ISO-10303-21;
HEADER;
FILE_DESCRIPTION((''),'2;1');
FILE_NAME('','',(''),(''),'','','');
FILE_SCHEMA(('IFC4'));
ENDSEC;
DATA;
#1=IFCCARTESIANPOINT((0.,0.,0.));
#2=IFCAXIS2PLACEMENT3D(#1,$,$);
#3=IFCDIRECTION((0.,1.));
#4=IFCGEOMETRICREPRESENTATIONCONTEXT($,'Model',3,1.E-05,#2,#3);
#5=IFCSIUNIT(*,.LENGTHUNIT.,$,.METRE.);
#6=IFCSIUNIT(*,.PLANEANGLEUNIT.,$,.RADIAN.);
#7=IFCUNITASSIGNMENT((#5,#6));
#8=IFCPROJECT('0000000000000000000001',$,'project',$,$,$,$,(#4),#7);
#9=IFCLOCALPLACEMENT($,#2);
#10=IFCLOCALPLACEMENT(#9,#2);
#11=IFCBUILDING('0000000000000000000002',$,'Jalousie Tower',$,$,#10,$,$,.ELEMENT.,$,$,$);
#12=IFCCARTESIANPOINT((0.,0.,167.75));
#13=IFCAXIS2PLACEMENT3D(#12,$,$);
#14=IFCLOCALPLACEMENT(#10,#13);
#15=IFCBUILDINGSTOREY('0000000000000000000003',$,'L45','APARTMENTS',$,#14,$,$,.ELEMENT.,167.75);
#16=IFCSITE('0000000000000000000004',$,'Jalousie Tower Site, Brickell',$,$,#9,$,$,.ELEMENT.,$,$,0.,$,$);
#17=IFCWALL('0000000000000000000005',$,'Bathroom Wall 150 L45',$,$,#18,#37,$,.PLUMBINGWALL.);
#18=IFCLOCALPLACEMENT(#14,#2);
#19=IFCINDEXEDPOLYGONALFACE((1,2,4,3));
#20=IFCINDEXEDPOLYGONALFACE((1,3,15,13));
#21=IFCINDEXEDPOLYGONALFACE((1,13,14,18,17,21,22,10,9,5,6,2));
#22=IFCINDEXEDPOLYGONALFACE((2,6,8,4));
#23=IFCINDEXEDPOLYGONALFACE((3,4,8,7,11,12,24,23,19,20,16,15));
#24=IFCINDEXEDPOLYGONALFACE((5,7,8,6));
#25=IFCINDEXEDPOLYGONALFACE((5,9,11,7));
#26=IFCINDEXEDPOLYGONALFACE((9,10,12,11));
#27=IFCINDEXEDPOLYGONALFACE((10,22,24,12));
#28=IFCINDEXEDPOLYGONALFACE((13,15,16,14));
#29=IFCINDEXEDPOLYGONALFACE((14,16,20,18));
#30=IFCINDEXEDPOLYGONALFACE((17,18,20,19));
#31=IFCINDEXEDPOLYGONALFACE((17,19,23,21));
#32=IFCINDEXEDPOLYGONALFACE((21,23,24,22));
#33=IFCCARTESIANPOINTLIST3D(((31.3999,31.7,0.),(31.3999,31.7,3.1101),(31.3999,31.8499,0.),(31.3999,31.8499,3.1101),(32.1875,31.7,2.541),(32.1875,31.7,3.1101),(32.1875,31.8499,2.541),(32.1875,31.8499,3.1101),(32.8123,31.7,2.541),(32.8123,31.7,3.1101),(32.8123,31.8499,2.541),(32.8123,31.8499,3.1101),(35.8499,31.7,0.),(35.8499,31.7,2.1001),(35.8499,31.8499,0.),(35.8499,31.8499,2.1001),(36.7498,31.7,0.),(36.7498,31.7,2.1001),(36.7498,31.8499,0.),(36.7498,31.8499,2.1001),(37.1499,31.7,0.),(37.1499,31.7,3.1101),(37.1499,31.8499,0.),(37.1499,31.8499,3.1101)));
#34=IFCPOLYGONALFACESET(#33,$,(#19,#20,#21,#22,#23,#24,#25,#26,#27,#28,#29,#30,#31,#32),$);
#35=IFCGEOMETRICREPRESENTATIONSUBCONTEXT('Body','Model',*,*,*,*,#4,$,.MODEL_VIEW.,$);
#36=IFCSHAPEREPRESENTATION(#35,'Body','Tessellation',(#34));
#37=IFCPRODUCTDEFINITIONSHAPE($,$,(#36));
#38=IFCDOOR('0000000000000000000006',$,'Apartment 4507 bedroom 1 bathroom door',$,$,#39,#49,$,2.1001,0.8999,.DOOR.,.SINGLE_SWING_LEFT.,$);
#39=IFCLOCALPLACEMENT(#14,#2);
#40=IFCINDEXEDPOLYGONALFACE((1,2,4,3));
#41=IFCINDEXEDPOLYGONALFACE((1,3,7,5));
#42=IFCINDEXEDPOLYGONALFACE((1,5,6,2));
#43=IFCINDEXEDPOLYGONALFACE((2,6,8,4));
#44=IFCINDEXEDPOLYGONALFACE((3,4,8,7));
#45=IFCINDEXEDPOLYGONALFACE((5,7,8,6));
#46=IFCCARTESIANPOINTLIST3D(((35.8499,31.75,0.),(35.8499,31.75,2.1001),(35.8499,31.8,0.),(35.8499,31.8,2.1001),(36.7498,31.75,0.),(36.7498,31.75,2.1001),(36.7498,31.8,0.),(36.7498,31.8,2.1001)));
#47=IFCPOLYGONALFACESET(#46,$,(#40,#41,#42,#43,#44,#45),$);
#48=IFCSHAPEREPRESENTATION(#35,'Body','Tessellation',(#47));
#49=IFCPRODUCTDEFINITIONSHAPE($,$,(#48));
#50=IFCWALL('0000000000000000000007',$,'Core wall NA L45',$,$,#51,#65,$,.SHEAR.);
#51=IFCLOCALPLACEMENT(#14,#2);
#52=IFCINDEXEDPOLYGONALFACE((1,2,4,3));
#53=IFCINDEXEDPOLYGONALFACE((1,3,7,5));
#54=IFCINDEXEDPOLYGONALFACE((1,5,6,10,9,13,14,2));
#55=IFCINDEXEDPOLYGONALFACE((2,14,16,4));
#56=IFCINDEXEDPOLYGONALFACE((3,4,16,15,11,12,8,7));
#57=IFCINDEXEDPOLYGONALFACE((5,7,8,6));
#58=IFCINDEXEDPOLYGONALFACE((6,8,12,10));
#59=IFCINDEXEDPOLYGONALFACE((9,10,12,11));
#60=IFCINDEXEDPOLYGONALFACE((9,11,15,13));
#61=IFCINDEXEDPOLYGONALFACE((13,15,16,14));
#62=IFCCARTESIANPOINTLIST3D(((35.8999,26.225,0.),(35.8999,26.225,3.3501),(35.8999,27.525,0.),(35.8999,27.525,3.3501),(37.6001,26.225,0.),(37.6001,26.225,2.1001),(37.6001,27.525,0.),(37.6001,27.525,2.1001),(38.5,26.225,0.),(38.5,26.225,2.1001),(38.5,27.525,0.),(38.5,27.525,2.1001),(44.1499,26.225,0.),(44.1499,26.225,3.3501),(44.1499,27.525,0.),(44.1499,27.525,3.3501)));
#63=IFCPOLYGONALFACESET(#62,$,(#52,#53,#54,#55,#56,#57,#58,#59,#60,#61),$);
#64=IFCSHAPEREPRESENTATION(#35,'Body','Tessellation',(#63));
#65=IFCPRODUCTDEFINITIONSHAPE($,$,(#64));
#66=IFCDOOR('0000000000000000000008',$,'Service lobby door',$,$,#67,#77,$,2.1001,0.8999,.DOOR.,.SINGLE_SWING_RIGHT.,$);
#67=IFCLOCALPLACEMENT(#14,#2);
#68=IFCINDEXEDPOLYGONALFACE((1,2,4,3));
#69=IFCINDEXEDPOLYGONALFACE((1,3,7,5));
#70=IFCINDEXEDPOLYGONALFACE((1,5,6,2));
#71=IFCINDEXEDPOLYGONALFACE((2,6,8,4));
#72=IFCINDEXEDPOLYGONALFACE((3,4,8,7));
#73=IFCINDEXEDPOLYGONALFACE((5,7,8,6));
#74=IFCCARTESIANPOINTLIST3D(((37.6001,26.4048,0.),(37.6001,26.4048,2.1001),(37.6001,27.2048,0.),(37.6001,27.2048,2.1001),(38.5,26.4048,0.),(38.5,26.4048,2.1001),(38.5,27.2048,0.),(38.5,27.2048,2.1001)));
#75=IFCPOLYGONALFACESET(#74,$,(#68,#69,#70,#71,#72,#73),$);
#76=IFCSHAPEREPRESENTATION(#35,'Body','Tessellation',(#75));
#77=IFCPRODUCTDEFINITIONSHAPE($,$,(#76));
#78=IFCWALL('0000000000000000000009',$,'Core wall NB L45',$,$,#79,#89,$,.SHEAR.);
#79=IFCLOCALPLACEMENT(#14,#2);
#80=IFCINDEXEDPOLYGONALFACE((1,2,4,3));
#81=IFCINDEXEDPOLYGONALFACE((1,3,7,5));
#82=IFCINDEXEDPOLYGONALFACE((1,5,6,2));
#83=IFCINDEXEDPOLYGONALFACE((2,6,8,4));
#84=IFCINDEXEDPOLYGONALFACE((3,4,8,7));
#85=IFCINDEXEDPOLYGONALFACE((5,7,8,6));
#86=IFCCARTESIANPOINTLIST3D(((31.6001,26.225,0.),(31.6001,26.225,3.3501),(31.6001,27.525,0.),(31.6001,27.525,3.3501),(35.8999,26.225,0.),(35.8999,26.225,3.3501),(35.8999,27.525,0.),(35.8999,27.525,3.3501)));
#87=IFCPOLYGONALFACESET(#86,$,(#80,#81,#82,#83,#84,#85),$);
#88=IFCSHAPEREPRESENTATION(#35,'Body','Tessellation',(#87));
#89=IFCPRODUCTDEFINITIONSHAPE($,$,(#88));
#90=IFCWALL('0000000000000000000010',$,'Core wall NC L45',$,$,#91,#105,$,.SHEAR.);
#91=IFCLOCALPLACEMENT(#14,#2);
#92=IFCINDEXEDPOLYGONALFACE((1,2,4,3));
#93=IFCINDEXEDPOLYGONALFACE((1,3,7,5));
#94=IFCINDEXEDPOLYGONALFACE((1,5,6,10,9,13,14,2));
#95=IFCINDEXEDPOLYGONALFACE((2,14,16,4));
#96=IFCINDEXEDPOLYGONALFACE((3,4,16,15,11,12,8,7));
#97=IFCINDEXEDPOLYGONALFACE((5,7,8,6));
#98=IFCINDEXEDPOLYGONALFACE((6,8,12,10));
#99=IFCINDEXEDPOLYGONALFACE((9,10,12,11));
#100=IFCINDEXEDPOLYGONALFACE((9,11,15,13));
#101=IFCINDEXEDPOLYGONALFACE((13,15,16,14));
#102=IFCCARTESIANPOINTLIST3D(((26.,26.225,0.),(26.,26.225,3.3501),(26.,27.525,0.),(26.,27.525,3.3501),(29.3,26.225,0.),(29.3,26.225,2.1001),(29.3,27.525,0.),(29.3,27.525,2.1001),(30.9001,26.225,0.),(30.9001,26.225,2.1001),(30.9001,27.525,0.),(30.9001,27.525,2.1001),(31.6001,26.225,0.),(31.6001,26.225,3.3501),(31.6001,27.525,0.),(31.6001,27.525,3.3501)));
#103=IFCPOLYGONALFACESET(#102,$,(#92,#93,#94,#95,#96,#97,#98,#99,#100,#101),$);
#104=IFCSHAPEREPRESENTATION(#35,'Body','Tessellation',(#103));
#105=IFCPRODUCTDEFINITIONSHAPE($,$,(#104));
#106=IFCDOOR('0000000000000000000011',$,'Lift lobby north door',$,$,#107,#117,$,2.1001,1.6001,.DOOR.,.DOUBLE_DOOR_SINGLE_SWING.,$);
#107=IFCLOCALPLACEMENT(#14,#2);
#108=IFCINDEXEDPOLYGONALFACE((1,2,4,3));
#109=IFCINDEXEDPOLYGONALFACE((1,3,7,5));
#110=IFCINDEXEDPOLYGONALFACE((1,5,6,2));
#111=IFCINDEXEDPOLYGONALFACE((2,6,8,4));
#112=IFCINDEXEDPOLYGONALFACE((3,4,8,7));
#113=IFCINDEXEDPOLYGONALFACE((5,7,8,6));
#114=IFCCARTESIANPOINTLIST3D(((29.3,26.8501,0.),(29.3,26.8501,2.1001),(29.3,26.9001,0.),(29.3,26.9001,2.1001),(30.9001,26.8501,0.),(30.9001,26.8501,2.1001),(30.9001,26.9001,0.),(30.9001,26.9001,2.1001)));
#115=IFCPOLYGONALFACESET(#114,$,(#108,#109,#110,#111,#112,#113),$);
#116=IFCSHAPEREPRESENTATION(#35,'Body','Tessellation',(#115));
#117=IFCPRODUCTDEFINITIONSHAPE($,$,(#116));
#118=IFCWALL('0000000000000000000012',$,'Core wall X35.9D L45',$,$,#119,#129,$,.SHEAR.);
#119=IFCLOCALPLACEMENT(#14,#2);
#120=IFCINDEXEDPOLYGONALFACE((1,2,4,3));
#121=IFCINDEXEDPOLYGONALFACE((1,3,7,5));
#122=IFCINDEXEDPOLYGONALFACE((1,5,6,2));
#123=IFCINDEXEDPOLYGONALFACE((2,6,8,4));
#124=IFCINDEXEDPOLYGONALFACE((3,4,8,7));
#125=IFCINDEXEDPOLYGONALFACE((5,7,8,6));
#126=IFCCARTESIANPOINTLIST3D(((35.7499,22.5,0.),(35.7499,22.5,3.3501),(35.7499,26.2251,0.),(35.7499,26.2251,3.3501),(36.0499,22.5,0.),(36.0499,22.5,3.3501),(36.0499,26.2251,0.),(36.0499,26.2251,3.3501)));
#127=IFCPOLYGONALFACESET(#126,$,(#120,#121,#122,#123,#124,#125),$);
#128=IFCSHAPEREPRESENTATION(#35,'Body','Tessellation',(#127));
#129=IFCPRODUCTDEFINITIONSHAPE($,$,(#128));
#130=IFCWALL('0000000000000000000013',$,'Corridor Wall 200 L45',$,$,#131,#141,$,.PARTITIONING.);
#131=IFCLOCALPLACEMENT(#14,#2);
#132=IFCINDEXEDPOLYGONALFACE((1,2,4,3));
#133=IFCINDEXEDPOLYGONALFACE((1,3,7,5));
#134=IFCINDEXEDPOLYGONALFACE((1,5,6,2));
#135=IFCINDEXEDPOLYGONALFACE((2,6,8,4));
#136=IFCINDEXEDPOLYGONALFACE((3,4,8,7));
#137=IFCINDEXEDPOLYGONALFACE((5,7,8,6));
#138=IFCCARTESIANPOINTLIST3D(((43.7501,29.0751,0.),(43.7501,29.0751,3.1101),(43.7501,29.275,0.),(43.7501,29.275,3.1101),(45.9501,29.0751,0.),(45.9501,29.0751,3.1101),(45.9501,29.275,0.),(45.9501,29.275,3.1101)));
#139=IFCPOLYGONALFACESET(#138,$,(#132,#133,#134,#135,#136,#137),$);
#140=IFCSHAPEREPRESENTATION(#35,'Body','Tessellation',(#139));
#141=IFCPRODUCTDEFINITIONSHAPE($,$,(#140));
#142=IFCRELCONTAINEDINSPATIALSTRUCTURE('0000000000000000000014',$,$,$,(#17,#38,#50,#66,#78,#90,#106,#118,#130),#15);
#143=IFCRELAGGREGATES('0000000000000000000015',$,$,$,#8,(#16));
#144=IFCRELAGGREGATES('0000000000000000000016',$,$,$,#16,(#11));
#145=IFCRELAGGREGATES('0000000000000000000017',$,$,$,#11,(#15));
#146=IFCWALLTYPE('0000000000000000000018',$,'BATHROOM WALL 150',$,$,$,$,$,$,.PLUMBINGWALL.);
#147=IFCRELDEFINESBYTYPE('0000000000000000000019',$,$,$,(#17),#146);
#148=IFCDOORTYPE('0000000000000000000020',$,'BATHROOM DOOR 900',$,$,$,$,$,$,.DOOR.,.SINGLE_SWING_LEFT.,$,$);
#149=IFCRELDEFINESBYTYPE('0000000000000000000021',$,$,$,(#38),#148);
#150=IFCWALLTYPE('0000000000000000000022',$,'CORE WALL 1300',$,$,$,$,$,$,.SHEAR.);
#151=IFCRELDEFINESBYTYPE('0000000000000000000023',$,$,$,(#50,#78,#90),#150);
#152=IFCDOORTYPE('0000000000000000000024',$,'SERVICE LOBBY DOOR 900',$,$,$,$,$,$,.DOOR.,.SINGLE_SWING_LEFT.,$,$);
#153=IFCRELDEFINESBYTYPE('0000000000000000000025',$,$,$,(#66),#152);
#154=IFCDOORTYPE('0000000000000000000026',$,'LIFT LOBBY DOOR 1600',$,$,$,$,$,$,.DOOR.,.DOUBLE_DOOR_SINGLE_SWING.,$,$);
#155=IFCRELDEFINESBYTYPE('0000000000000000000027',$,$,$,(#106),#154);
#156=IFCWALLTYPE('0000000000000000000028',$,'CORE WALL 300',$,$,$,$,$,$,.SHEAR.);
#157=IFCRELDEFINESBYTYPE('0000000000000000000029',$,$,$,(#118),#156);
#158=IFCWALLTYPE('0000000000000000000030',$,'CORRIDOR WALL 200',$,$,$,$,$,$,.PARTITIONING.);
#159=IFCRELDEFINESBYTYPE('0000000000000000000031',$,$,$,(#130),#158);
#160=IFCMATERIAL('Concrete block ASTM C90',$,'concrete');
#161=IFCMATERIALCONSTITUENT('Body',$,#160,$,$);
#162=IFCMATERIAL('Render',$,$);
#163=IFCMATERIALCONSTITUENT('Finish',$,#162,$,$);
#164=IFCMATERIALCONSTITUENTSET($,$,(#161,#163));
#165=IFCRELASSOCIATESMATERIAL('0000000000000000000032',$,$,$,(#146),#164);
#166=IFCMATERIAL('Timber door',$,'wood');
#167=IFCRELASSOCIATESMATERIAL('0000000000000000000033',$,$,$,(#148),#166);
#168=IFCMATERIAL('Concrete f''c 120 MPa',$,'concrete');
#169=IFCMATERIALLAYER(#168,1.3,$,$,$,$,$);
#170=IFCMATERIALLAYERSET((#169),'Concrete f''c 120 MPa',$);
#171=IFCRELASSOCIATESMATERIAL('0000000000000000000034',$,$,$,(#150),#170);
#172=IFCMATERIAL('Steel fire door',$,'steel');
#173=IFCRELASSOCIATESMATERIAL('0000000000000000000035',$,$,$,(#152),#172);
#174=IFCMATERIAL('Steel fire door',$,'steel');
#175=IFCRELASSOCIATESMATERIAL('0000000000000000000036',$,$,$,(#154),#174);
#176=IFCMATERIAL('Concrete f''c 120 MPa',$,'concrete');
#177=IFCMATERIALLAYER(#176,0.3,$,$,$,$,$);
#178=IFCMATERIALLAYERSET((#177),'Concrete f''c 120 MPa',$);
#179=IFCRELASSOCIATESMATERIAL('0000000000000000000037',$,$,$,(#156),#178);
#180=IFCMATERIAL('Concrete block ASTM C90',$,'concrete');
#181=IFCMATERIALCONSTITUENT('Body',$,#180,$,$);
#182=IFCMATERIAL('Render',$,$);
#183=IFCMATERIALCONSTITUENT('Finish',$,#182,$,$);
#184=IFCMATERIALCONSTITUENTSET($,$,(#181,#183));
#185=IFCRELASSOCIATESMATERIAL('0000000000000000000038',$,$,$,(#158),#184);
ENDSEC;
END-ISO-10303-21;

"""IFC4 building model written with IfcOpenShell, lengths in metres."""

from ifc_helpers import new_model, si_unit, direction, frame, frame_2d, origin, place, context, subcontext, project, spatial, polyline, rectangle, outline, extrude, material, layer, layer_set, constituent, constituent_set, type_object, element, fill, save


model = new_model("IFC4")

# Units and contexts
model_context = context("Model", 3, precision=1e-05, world=origin(), true_north=direction((0.0, 1.0)))
body_context = subcontext(model_context, "Body", "Model", "MODEL_VIEW")
ifc_project = project(units=[si_unit("LENGTHUNIT", "METRE"), si_unit("PLANEANGLEUNIT", "RADIAN")], contexts=[model_context])

# Site, building, storey
site_placement = place(None, origin())
site = spatial("IfcSite", under=ifc_project, at=site_placement, Name="Jalousie Tower Site, Brickell", CompositionType="ELEMENT", RefElevation=0.0)
building_placement = place(site_placement, origin())
building = spatial("IfcBuilding", under=site, at=building_placement, Name="Jalousie Tower", CompositionType="ELEMENT")
storey_placement = place(building_placement, frame((0.0, 0.0, 167.75)))
storey = spatial("IfcBuildingStorey", under=building, at=storey_placement, Name="L45", Description="APARTMENTS", CompositionType="ELEMENT", Elevation=167.75)

# Walls, openings, doors
ifc_material_1 = material(Name="Concrete block ASTM C90", Category="concrete")
ifc_constituent_1 = constituent(ifc_material_1, Name="Body")
ifc_material_2 = material(Name="Render")
ifc_constituent_2 = constituent(ifc_material_2, Name="Finish")
ifc_constituent_set_1 = constituent_set(constituents=[ifc_constituent_1, ifc_constituent_2])
wall_type_1 = type_object("IfcWallType", Name="BATHROOM WALL 150", PredefinedType="PLUMBINGWALL", material=ifc_constituent_set_1)
wall_1_placement = place(storey_placement, frame((31.3999, 31.7749, 0.0), z_axis=(0.0, 0.0, 1.0), x_axis=(1.0, 0.0, 0.0)))
wall_1 = element("IfcWall", 1, at=wall_1_placement, inside=storey, type_object=wall_type_1, Name="Bathroom Wall 150 L45", PredefinedType="PLUMBINGWALL", context=body_context, shape_type="SweptSolid", body=[
    extrude(outline(polyline([(0.0, 0.0), (5.75, 0.0), (5.75, 3.1101), (1.4124, 3.1101), (1.4124, 2.541), (0.7876, 2.541), (0.7876, 3.1101), (0.0, 3.1101), (0.0, 0.0)])), frame((0.0, 0.075, 0.0), z_axis=(0.0, -1.0, 0.0), x_axis=(1.0, 0.0, 0.0)), (0.0, 0.0, 1.0), 0.1499),
])
opening_1_placement = place(wall_1_placement, frame((4.45, 0.0, 0.0)))
opening_1 = element("IfcOpeningElement", 2, at=opening_1_placement, cuts=wall_1, PredefinedType="OPENING", context=body_context, shape_type="SweptSolid", body=[
    extrude(rectangle(XDim=0.8999, YDim=2.1001, at=frame_2d((0.45, 1.05))), frame((0.0, 0.085, 0.0), z_axis=(0.0, -1.0, 0.0), x_axis=(1.0, 0.0, 0.0)), (0.0, 0.0, 1.0), 0.1699),
])
ifc_material_3 = material(Name="Timber door", Category="wood")
door_type_1 = type_object("IfcDoorType", Name="BATHROOM DOOR 900", OperationType="SINGLE_SWING_LEFT", PredefinedType="DOOR", material=ifc_material_3)
door_1_placement = place(opening_1_placement, frame((0.8999, 0.0, 0.0), z_axis=(0.0, 0.0, 1.0), x_axis=(-1.0, 0.0, 0.0)))
door_1 = element("IfcDoor", 3, at=door_1_placement, inside=storey, type_object=door_type_1, Name="Apartment 4507 bedroom 1 bathroom door", OperationType="SINGLE_SWING_LEFT", OverallHeight=2.1001, OverallWidth=0.8999, PredefinedType="DOOR", context=body_context, shape_type="SweptSolid", body=[
    extrude(rectangle(XDim=0.8999, YDim=2.1001, at=frame_2d((0.45, 1.05))), frame((0.0, 0.0249, 0.0), z_axis=(0.0, -1.0, 0.0), x_axis=(1.0, 0.0, 0.0)), (0.0, 0.0, 1.0), 0.05),
])
fill(opening_1, door_1)
ifc_material_4 = material(Name="Concrete f'c 120 MPa", Category="concrete")
ifc_layer_1 = layer(ifc_material_4, 1.3)
ifc_layer_set_1 = layer_set([ifc_layer_1], Name="Concrete f'c 120 MPa")
wall_type_2 = type_object("IfcWallType", Name="CORE WALL 1300", PredefinedType="SHEAR", material=ifc_layer_set_1)
wall_2_placement = place(storey_placement, frame((44.1499, 26.875, 0.0), z_axis=(0.0, 0.0, 1.0), x_axis=(-1.0, 0.0, 0.0)))
wall_2 = element("IfcWall", 4, at=wall_2_placement, inside=storey, type_object=wall_type_2, Name="Core wall NA L45", PredefinedType="SHEAR", context=body_context, shape_type="SweptSolid", body=[
    extrude(rectangle(XDim=8.25, YDim=1.3, at=frame_2d((4.125, 0.0))), origin(), (0.0, 0.0, 1.0), 3.3501),
])
opening_2_placement = place(wall_2_placement, frame((5.6499, 0.0, 0.0)))
opening_2 = element("IfcOpeningElement", 5, at=opening_2_placement, cuts=wall_2, PredefinedType="OPENING", context=body_context, shape_type="SweptSolid", body=[
    extrude(rectangle(XDim=0.8999, YDim=2.1001, at=frame_2d((0.45, 1.05))), frame((0.0, 0.6599, 0.0), z_axis=(0.0, -1.0, 0.0), x_axis=(1.0, 0.0, 0.0)), (0.0, 0.0, 1.0), 1.3201),
])
ifc_material_5 = material(Name="Steel fire door", Category="steel")
door_type_2 = type_object("IfcDoorType", Name="SERVICE LOBBY DOOR 900", OperationType="SINGLE_SWING_LEFT", PredefinedType="DOOR", material=ifc_material_5)
door_2_placement = place(opening_2_placement, origin())
door_2 = element("IfcDoor", 6, at=door_2_placement, inside=storey, type_object=door_type_2, Name="Service lobby door", OperationType="SINGLE_SWING_RIGHT", OverallHeight=2.1001, OverallWidth=0.8999, PredefinedType="DOOR", context=body_context, shape_type="SweptSolid", body=[
    extrude(rectangle(XDim=0.8999, YDim=2.1001, at=frame_2d((0.45, 1.05))), frame((0.0, 0.4702, 0.0), z_axis=(0.0, -1.0, 0.0), x_axis=(1.0, 0.0, 0.0)), (0.0, 0.0, 1.0), 0.8),
])
fill(opening_2, door_2)

# Wall
wall_3_placement = place(storey_placement, frame((35.8999, 26.875, 0.0), z_axis=(0.0, 0.0, 1.0), x_axis=(-1.0, 0.0, 0.0)))
element("IfcWall", 7, at=wall_3_placement, inside=storey, type_object=wall_type_2, Name="Core wall NB L45", PredefinedType="SHEAR", context=body_context, shape_type="SweptSolid", body=[
    extrude(rectangle(XDim=4.2998, YDim=1.3, at=frame_2d((2.1499, 0.0))), origin(), (0.0, 0.0, 1.0), 3.3501),
])

# Wall, opening, door
wall_4_placement = place(storey_placement, frame((31.6001, 26.875, 0.0), z_axis=(0.0, 0.0, 1.0), x_axis=(-1.0, 0.0, 0.0)))
wall_4 = element("IfcWall", 8, at=wall_4_placement, inside=storey, type_object=wall_type_2, Name="Core wall NC L45", PredefinedType="SHEAR", context=body_context, shape_type="SweptSolid", body=[
    extrude(rectangle(XDim=5.6001, YDim=1.3, at=frame_2d((2.8, 0.0))), origin(), (0.0, 0.0, 1.0), 3.3501),
])
opening_3_placement = place(wall_4_placement, frame((0.7, 0.0, 0.0)))
opening_3 = element("IfcOpeningElement", 9, at=opening_3_placement, cuts=wall_4, PredefinedType="OPENING", context=body_context, shape_type="SweptSolid", body=[
    extrude(rectangle(XDim=1.6001, YDim=2.1001, at=frame_2d((0.8, 1.05))), frame((0.0, 0.6599, 0.0), z_axis=(0.0, -1.0, 0.0), x_axis=(1.0, 0.0, 0.0)), (0.0, 0.0, 1.0), 1.3201),
])
ifc_material_6 = material(Name="Steel fire door", Category="steel")
door_type_3 = type_object("IfcDoorType", Name="LIFT LOBBY DOOR 1600", OperationType="DOUBLE_DOOR_SINGLE_SWING", PredefinedType="DOOR", material=ifc_material_6)
door_3_placement = place(opening_3_placement, origin())
door_3 = element("IfcDoor", 10, at=door_3_placement, inside=storey, type_object=door_type_3, Name="Lift lobby north door", OperationType="DOUBLE_DOOR_SINGLE_SWING", OverallHeight=2.1001, OverallWidth=1.6001, PredefinedType="DOOR", context=body_context, shape_type="SweptSolid", body=[
    extrude(rectangle(XDim=1.6001, YDim=2.1001, at=frame_2d((0.8, 1.05))), frame((0.0, 0.0249, 0.0), z_axis=(0.0, -1.0, 0.0), x_axis=(1.0, 0.0, 0.0)), (0.0, 0.0, 1.0), 0.05),
])
fill(opening_3, door_3)

# Walls
ifc_material_7 = material(Name="Concrete f'c 120 MPa", Category="concrete")
ifc_layer_2 = layer(ifc_material_7, 0.3)
ifc_layer_set_2 = layer_set([ifc_layer_2], Name="Concrete f'c 120 MPa")
wall_type_3 = type_object("IfcWallType", Name="CORE WALL 300", PredefinedType="SHEAR", material=ifc_layer_set_2)
wall_5_placement = place(storey_placement, frame((35.8999, 22.5, 0.0), z_axis=(0.0, 0.0, 1.0), x_axis=(0.0, 1.0, 0.0)))
element("IfcWall", 11, at=wall_5_placement, inside=storey, type_object=wall_type_3, Name="Core wall X35.9D L45", PredefinedType="SHEAR", context=body_context, shape_type="SweptSolid", body=[
    extrude(rectangle(XDim=3.7251, YDim=0.3, at=frame_2d((1.8625, 0.0))), origin(), (0.0, 0.0, 1.0), 3.3501),
])
ifc_material_8 = material(Name="Concrete block ASTM C90", Category="concrete")
ifc_constituent_3 = constituent(ifc_material_8, Name="Body")
ifc_material_9 = material(Name="Render")
ifc_constituent_4 = constituent(ifc_material_9, Name="Finish")
ifc_constituent_set_2 = constituent_set(constituents=[ifc_constituent_3, ifc_constituent_4])
wall_type_4 = type_object("IfcWallType", Name="CORRIDOR WALL 200", PredefinedType="PARTITIONING", material=ifc_constituent_set_2)
wall_6_placement = place(storey_placement, frame((43.75, 29.175, 0.0), z_axis=(0.0, 0.0, 1.0), x_axis=(1.0, 0.0, 0.0)))
element("IfcWall", 12, at=wall_6_placement, inside=storey, type_object=wall_type_4, Name="Corridor Wall 200 L45", PredefinedType="PARTITIONING", context=body_context, shape_type="SweptSolid", body=[
    extrude(rectangle(XDim=2.2, YDim=0.2, at=frame_2d((1.1001, 0.0))), origin(), (0.0, 0.0, 1.0), 3.1101),
])

save(model, "model.ifc")
